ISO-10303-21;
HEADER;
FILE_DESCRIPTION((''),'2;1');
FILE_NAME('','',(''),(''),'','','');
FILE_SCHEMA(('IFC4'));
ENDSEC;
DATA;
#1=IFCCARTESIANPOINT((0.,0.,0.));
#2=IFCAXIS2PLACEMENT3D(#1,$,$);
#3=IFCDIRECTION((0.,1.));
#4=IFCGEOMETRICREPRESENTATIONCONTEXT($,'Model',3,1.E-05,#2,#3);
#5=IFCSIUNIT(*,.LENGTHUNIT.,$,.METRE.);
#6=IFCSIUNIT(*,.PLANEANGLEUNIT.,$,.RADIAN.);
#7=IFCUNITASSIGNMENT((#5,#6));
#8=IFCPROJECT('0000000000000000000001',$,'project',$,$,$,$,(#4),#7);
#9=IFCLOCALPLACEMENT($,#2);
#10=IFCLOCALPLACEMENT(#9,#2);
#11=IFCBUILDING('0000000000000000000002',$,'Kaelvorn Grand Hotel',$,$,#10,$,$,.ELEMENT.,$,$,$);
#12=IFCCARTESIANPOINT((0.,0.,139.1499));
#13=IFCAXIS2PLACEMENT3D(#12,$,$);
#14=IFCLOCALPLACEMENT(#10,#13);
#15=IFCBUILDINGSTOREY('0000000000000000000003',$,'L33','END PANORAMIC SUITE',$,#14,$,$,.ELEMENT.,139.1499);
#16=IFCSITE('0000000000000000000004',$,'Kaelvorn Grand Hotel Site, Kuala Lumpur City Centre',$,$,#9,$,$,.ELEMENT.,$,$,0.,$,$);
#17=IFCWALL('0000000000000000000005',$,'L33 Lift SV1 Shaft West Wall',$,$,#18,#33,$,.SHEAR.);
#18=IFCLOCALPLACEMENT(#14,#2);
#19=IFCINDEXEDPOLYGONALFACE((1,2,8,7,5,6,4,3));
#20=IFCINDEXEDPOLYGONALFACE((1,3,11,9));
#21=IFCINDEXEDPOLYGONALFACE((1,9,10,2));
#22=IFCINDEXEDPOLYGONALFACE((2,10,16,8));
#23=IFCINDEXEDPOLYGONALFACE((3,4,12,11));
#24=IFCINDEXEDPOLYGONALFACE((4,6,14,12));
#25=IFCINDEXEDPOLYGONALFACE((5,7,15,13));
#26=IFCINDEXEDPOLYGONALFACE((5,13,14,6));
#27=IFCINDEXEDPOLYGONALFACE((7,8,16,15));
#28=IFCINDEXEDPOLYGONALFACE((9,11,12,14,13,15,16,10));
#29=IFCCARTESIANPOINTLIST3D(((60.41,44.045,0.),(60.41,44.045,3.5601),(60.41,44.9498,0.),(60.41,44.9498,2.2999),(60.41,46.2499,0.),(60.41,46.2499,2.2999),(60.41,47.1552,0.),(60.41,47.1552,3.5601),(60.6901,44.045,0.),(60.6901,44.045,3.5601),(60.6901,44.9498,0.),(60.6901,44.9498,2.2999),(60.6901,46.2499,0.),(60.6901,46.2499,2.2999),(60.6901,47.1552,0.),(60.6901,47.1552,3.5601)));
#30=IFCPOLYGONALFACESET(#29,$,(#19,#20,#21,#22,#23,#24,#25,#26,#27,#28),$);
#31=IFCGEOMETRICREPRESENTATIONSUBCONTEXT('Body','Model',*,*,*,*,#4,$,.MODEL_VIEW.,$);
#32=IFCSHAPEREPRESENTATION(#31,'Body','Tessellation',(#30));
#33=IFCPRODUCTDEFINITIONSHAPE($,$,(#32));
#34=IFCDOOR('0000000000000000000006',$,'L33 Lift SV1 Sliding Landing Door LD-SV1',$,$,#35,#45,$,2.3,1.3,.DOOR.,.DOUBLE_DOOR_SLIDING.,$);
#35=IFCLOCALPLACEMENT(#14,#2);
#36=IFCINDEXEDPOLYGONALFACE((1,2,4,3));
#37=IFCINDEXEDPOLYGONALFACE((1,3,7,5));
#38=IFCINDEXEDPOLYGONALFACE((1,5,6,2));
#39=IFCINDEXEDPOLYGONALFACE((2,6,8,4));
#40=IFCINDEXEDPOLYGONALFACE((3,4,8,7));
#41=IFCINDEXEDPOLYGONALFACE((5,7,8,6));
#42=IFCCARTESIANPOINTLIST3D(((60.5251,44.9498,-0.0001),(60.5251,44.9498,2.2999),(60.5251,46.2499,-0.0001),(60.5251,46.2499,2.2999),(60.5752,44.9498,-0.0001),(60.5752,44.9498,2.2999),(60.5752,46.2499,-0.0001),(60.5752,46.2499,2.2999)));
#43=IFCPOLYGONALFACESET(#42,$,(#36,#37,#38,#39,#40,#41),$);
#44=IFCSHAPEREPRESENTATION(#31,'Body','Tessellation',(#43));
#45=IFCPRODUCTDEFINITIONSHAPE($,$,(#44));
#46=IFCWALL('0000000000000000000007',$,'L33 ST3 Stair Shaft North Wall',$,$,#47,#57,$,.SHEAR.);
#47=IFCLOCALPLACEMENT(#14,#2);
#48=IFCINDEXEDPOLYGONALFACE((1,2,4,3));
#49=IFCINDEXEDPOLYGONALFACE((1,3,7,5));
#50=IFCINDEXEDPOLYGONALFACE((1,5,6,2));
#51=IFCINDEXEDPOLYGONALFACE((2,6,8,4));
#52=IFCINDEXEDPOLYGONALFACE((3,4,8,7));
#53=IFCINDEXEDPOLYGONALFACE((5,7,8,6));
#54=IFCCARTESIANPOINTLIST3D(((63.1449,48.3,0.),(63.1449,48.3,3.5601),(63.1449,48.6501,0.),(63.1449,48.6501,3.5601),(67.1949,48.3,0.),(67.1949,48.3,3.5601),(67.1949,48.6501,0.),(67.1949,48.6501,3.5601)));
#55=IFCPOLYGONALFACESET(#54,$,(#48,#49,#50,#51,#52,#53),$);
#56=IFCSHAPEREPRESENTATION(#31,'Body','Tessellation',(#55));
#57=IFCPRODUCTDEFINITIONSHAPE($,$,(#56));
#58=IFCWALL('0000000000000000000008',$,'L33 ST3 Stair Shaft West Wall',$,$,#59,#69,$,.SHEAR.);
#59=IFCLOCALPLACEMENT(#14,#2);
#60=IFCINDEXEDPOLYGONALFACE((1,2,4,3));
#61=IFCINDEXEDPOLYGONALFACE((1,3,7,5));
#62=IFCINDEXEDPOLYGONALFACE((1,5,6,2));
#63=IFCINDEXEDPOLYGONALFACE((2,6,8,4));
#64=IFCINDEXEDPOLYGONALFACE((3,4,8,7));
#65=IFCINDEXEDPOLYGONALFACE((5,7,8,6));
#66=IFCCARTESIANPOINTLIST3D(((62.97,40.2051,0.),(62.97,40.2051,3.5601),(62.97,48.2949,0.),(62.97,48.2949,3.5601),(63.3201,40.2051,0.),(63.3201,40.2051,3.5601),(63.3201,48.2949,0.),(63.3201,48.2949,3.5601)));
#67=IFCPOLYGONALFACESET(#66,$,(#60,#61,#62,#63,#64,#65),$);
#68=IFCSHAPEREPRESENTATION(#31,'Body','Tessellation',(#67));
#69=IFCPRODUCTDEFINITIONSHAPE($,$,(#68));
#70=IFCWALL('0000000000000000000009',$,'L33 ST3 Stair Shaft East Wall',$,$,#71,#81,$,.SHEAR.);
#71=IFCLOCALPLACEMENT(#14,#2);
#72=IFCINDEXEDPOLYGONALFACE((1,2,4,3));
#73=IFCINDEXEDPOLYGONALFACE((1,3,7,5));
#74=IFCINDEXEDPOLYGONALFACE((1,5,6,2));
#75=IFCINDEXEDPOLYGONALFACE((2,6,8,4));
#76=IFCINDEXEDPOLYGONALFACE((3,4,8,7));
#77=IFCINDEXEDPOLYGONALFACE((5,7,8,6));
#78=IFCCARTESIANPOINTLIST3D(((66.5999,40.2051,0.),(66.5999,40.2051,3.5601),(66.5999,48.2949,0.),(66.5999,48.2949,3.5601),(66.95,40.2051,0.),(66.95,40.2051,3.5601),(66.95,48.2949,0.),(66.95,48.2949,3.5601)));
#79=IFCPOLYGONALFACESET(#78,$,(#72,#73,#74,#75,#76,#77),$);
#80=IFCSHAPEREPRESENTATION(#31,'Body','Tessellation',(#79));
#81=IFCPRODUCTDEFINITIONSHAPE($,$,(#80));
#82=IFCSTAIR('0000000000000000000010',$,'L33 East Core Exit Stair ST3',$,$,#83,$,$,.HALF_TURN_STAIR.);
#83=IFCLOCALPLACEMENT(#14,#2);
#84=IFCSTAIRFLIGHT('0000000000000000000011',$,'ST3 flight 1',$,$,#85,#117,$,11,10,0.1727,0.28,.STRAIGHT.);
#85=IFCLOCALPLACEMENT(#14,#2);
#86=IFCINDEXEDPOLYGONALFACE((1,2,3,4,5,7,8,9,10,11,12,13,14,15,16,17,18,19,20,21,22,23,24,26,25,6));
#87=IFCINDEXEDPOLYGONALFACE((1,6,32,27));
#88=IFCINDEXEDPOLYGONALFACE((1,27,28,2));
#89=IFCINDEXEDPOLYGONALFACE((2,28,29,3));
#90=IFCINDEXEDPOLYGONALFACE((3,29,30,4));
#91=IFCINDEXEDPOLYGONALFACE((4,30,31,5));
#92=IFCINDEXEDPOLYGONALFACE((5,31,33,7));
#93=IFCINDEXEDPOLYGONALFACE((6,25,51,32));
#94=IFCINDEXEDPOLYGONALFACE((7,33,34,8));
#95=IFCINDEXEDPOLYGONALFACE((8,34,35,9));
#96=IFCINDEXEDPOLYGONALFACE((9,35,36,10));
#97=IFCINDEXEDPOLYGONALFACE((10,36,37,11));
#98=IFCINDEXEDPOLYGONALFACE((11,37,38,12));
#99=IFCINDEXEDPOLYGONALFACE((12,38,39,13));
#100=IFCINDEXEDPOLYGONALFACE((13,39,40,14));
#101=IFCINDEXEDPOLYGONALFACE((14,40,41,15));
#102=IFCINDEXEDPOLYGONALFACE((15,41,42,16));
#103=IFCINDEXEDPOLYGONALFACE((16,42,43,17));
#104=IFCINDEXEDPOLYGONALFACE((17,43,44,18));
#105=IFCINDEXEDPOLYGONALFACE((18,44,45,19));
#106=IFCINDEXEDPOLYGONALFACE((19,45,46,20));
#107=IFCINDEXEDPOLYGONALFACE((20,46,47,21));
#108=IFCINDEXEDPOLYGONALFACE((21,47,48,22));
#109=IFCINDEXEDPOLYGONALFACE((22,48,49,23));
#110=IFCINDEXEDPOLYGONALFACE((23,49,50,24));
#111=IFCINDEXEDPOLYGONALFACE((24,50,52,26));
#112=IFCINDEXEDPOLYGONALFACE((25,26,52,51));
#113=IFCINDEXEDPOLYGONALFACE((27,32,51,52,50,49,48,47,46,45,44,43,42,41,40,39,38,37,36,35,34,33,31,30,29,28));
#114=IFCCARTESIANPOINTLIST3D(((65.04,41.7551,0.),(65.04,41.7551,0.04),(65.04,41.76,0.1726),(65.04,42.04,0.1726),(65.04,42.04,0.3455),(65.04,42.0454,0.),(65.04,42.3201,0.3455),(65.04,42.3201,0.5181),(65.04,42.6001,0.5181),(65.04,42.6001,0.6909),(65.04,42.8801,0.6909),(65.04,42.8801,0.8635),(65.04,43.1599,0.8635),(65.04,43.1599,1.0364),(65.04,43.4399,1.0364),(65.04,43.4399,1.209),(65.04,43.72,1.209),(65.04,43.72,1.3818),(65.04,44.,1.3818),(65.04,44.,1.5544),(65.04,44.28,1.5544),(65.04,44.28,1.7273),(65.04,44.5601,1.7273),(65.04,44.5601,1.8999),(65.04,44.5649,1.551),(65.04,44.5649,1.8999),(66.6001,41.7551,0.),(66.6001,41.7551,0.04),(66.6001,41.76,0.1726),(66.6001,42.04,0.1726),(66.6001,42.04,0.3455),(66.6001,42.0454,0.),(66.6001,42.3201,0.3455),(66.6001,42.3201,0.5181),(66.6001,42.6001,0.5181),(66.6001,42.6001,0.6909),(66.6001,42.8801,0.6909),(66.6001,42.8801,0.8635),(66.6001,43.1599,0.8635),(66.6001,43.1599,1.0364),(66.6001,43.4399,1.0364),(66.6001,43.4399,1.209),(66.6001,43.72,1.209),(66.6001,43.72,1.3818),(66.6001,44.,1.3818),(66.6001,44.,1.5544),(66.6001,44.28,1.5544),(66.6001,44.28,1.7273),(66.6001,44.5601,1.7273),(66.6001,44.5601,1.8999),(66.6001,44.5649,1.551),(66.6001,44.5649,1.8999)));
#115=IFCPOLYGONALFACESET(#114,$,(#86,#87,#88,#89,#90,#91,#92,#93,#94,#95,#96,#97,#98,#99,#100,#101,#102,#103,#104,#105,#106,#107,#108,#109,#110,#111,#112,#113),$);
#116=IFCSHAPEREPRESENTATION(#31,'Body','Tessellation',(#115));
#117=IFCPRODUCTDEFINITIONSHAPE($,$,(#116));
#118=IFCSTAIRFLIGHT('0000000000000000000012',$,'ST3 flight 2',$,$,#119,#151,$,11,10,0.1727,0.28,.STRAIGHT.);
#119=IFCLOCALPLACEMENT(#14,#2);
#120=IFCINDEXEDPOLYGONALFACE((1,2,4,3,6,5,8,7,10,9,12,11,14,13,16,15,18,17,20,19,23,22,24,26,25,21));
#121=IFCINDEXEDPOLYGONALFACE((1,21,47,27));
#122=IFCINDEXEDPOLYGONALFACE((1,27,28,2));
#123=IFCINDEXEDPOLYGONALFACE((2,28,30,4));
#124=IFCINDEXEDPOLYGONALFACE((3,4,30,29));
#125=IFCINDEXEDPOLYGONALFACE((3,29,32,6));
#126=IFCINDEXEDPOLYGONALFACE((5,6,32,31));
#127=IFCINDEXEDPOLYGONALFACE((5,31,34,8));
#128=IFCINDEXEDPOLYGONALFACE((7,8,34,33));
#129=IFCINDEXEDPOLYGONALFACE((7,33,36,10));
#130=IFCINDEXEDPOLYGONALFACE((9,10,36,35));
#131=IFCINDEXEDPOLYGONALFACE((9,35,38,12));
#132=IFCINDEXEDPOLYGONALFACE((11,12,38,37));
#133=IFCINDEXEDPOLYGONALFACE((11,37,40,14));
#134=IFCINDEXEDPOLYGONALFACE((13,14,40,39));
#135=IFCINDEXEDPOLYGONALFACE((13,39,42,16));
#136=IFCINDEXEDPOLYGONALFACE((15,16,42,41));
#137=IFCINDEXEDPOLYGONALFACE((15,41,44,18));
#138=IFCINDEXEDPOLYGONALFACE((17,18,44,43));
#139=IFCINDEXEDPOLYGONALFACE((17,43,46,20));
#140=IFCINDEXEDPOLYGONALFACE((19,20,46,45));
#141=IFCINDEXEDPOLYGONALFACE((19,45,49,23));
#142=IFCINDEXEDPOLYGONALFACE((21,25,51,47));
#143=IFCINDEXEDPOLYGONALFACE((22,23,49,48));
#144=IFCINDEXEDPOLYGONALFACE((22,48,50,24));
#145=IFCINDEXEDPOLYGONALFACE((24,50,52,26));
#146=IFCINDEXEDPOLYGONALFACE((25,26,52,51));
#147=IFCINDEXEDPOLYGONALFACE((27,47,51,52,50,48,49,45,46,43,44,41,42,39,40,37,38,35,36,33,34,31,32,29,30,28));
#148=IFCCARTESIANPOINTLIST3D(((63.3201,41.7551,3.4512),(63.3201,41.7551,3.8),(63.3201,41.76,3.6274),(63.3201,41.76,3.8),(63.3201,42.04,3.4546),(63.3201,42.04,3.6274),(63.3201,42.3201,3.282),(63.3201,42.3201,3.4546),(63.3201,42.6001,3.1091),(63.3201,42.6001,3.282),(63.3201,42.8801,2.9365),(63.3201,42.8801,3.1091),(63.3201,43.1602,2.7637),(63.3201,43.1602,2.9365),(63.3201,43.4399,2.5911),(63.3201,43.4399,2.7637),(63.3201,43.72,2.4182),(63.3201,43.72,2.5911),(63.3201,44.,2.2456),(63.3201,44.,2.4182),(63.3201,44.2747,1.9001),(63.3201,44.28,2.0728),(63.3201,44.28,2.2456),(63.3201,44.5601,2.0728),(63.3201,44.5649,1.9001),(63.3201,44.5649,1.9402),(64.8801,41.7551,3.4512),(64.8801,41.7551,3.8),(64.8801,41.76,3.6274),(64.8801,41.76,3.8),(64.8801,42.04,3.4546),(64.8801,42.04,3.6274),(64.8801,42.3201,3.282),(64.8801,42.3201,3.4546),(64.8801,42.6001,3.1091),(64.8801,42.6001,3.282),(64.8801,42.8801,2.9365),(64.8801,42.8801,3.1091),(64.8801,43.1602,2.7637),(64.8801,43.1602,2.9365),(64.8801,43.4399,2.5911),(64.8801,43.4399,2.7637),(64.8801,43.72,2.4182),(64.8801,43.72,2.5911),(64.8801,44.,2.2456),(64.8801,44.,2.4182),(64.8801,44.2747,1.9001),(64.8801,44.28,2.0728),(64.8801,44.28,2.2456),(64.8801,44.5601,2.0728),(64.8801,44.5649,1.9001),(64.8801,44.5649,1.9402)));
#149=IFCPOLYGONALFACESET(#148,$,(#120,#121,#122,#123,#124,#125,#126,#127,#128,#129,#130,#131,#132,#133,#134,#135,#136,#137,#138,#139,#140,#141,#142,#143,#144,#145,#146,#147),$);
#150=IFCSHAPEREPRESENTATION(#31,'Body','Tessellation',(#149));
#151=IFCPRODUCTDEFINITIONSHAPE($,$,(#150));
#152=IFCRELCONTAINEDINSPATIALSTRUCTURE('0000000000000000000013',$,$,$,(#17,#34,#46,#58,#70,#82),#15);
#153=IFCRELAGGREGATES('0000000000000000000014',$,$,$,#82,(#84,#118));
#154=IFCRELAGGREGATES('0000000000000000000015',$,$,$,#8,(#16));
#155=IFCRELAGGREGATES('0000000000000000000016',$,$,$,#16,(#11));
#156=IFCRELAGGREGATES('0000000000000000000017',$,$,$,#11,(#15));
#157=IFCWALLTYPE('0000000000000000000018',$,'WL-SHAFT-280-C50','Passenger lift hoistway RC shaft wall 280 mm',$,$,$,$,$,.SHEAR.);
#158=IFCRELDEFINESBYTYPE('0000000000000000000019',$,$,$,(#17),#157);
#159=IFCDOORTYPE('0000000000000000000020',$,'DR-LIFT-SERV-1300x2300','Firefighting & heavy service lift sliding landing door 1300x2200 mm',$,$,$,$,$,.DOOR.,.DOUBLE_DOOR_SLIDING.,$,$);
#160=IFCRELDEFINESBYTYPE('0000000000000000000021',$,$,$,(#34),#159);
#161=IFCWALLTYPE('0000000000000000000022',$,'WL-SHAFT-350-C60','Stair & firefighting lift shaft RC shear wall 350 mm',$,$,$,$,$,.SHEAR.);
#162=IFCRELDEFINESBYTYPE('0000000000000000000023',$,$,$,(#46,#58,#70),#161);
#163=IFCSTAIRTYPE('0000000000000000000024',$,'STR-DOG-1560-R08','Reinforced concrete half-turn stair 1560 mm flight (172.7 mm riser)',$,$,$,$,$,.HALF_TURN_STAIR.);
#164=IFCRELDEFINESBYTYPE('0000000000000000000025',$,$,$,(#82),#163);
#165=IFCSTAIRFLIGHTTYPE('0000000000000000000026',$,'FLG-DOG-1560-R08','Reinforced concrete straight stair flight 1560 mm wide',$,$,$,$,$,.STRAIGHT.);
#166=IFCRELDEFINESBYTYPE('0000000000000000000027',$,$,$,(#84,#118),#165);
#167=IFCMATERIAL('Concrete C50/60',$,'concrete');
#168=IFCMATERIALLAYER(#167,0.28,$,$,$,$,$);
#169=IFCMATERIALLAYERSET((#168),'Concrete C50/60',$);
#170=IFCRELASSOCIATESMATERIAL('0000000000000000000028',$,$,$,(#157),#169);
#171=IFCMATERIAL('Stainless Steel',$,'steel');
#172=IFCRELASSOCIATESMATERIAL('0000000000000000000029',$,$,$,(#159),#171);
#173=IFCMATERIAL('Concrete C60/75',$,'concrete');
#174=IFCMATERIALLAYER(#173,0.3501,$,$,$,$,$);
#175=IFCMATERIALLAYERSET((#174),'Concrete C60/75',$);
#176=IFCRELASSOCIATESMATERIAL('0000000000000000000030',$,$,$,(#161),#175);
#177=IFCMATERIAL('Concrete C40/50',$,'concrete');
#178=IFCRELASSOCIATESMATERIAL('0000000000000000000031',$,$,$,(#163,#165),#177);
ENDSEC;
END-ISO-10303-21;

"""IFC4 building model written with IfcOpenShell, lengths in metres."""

from ifc_helpers import new_model, si_unit, direction, frame, frame_2d, origin, place, context, subcontext, project, spatial, polyline, rectangle, outline, extrude, material, layer, layer_set, type_object, element, fill, aggregate, save


model = new_model("IFC4")

# Units and contexts
model_context = context("Model", 3, precision=1e-05, world=origin(), true_north=direction((0.0, 1.0)))
body_context = subcontext(model_context, "Body", "Model", "MODEL_VIEW")
ifc_project = project(units=[si_unit("LENGTHUNIT", "METRE"), si_unit("PLANEANGLEUNIT", "RADIAN")], contexts=[model_context])

# Site, building, storey
site_placement = place(None, origin())
site = spatial("IfcSite", under=ifc_project, at=site_placement, Name="Kaelvorn Grand Hotel Site, Kuala Lumpur City Centre", CompositionType="ELEMENT", RefElevation=0.0)
building_placement = place(site_placement, origin())
building = spatial("IfcBuilding", under=site, at=building_placement, Name="Kaelvorn Grand Hotel", CompositionType="ELEMENT")
storey_placement = place(building_placement, frame((0.0, 0.0, 139.1499)))
storey = spatial("IfcBuildingStorey", under=building, at=storey_placement, Name="L33", Description="END PANORAMIC SUITE", CompositionType="ELEMENT", Elevation=139.1499)

# Shared definitions
ifc_material_1 = material(Name="Concrete C60/75", Category="concrete")

# Shared definitions
ifc_material_2 = material(Name="Concrete C40/50", Category="concrete")
ifc_material_3 = material(Name="Concrete C50/60", Category="concrete")
ifc_layer_1 = layer(ifc_material_3, 0.28)
ifc_layer_set_1 = layer_set([ifc_layer_1], Name="Concrete C50/60")
wall_type_1 = type_object("IfcWallType", Name="WL-SHAFT-280-C50", Description="Passenger lift hoistway RC shaft wall 280 mm", PredefinedType="SHEAR", material=ifc_layer_set_1)

# Wall, opening, door
wall_1_placement = place(storey_placement, frame((60.55, 44.0449, 0.0), z_axis=(0.0, 0.0, 1.0), x_axis=(0.0, 1.0, 0.0)))
wall_1 = element("IfcWall", 1, at=wall_1_placement, inside=storey, type_object=wall_type_1, Name="L33 Lift SV1 Shaft West Wall", PredefinedType="SHEAR", context=body_context, shape_type="SweptSolid", body=[
    extrude(rectangle(XDim=3.1101, YDim=0.28, at=frame_2d((1.5552, 0.0))), origin(), (0.0, 0.0, 1.0), 3.5601),
])
opening_1_placement = place(wall_1_placement, frame((0.905, 0.0, 0.0)))
opening_1 = element("IfcOpeningElement", 2, at=opening_1_placement, cuts=wall_1, PredefinedType="OPENING", context=body_context, shape_type="SweptSolid", body=[
    extrude(rectangle(XDim=1.3, YDim=2.3, at=frame_2d((0.6499, 1.1499))), frame((0.0, 0.1499, 0.0), z_axis=(0.0, -1.0, 0.0), x_axis=(1.0, 0.0, 0.0)), (0.0, 0.0, 1.0), 0.3),
])
ifc_material_4 = material(Name="Stainless Steel", Category="steel")
door_type_1 = type_object("IfcDoorType", Name="DR-LIFT-SERV-1300x2300", Description="Firefighting & heavy service lift sliding landing door 1300x2200 mm", OperationType="DOUBLE_DOOR_SLIDING", PredefinedType="DOOR", material=ifc_material_4)
door_1_placement = place(opening_1_placement, origin())
door_1 = element("IfcDoor", 3, at=door_1_placement, inside=storey, type_object=door_type_1, Name="L33 Lift SV1 Sliding Landing Door LD-SV1", OperationType="DOUBLE_DOOR_SLIDING", OverallHeight=2.3, OverallWidth=1.3, PredefinedType="DOOR", context=body_context, shape_type="SweptSolid", body=[
    extrude(rectangle(XDim=1.3, YDim=2.3, at=frame_2d((0.6499, 1.1499))), frame((0.0, 0.0249, 0.0), z_axis=(0.0, -1.0, 0.0), x_axis=(1.0, 0.0, 0.0)), (0.0, 0.0, 1.0), 0.05),
])
fill(opening_1, door_1)
ifc_layer_2 = layer(ifc_material_1, 0.3501)
ifc_layer_set_2 = layer_set([ifc_layer_2], Name="Concrete C60/75")
wall_type_2 = type_object("IfcWallType", Name="WL-SHAFT-350-C60", Description="Stair & firefighting lift shaft RC shear wall 350 mm", PredefinedType="SHEAR", material=ifc_layer_set_2)

# Walls
wall_2_placement = place(storey_placement, frame((63.145, 48.4751, 0.0), z_axis=(0.0, 0.0, 1.0), x_axis=(1.0, 0.0, 0.0)))
element("IfcWall", 4, at=wall_2_placement, inside=storey, type_object=wall_type_2, Name="L33 ST3 Stair Shaft North Wall", PredefinedType="SHEAR", context=body_context, shape_type="SweptSolid", body=[
    extrude(rectangle(XDim=4.05, YDim=0.3501, at=frame_2d((2.0249, 0.0))), origin(), (0.0, 0.0, 1.0), 3.5601),
])
for number, where, z_axis, x_axis, name in (
    (5, (63.145, 40.2051, 0.0), (0.0, 0.0, 1.0), (0.0, 1.0, 0.0), "L33 ST3 Stair Shaft West Wall"),
    (6, (66.7749, 40.2051, 0.0), (0.0, 0.0, 1.0), (0.0, 1.0, 0.0), "L33 ST3 Stair Shaft East Wall"),
):
    element("IfcWall", number, at=place(storey_placement, frame(where, z_axis=z_axis, x_axis=x_axis)), inside=storey, type_object=wall_type_2, Name=name, PredefinedType="SHEAR", context=body_context, shape_type="SweptSolid", body=[
        extrude(rectangle(XDim=8.0898, YDim=0.3501, at=frame_2d((4.0449, 0.0))), origin(), (0.0, 0.0, 1.0), 3.5601),
    ])

# Stair, stair flights
stair_type = type_object("IfcStairType", Name="STR-DOG-1560-R08", Description="Reinforced concrete half-turn stair 1560 mm flight (172.7 mm riser)", PredefinedType="HALF_TURN_STAIR", material=ifc_material_2)
stair_placement = place(storey_placement, origin())
stair = element("IfcStair", 7, at=stair_placement, inside=storey, type_object=stair_type, Name="L33 East Core Exit Stair ST3", PredefinedType="HALF_TURN_STAIR")
stair_flight_type = type_object("IfcStairFlightType", Name="FLG-DOG-1560-R08", Description="Reinforced concrete straight stair flight 1560 mm wide", PredefinedType="STRAIGHT", material=ifc_material_2)
stair_flight_1_placement = place(storey_placement, frame((65.8201, 41.76, 0.0), z_axis=(0.0, 0.0, 1.0), x_axis=(0.0, 1.0, 0.0)))
stair_flight_1 = element("IfcStairFlight", 8, at=stair_flight_1_placement, type_object=stair_flight_type, Name="ST3 flight 1", NumberOfRisers=11, NumberOfTreads=10, PredefinedType="STRAIGHT", RiserHeight=0.1727, TreadLength=0.28, context=body_context, shape_type="SweptSolid", body=[
    extrude(outline(polyline([(-0.0049, 0.0), (-0.0049, 0.04), (0.0, 0.1726), (0.28, 0.1726), (0.28, 0.3455), (0.5601, 0.3455), (0.5601, 0.5181), (0.8401, 0.5181), (0.8401, 0.6909), (1.1201, 0.6909), (1.1201, 0.8635), (1.3999, 0.8635), (1.3999, 1.0364), (1.6799, 1.0364), (1.6799, 1.209), (1.96, 1.209), (1.96, 1.3818), (2.24, 1.3818), (2.24, 1.5544), (2.52, 1.5544), (2.52, 1.7273), (2.8, 1.7273), (2.8, 1.8999), (2.8049, 1.8999), (2.8049, 1.551), (0.2854, 0.0), (-0.0049, 0.0)])), frame((0.0, 0.78, 0.0), z_axis=(0.0, -1.0, 0.0), x_axis=(1.0, 0.0, 0.0)), (0.0, 0.0, 1.0), 1.5601),
])
stair_flight_2_placement = place(storey_placement, frame((64.1001, 44.5601, 1.9001), z_axis=(0.0, 0.0, 1.0), x_axis=(0.0, -1.0, 0.0)))
stair_flight_2 = element("IfcStairFlight", 9, at=stair_flight_2_placement, type_object=stair_flight_type, Name="ST3 flight 2", NumberOfRisers=11, NumberOfTreads=10, PredefinedType="STRAIGHT", RiserHeight=0.1727, TreadLength=0.28, context=body_context, shape_type="SweptSolid", body=[
    extrude(outline(polyline([(-0.0049, 0.0), (-0.0049, 0.04), (0.0, 0.1726), (0.28, 0.1726), (0.28, 0.3455), (0.5601, 0.3455), (0.5601, 0.5181), (0.8401, 0.5181), (0.8401, 0.6909), (1.1201, 0.6909), (1.1201, 0.8635), (1.3999, 0.8635), (1.3999, 1.0364), (1.6799, 1.0364), (1.6799, 1.209), (1.96, 1.209), (1.96, 1.3818), (2.24, 1.3818), (2.24, 1.5544), (2.52, 1.5544), (2.52, 1.7273), (2.8, 1.7273), (2.8, 1.8999), (2.8049, 1.8999), (2.8049, 1.551), (0.2854, 0.0), (-0.0049, 0.0)])), frame((0.0, 0.78, 0.0), z_axis=(0.0, -1.0, 0.0), x_axis=(1.0, 0.0, 0.0)), (0.0, 0.0, 1.0), 1.5601),
])
aggregate(stair, [stair_flight_1, stair_flight_2])

save(model, "model.ifc")
